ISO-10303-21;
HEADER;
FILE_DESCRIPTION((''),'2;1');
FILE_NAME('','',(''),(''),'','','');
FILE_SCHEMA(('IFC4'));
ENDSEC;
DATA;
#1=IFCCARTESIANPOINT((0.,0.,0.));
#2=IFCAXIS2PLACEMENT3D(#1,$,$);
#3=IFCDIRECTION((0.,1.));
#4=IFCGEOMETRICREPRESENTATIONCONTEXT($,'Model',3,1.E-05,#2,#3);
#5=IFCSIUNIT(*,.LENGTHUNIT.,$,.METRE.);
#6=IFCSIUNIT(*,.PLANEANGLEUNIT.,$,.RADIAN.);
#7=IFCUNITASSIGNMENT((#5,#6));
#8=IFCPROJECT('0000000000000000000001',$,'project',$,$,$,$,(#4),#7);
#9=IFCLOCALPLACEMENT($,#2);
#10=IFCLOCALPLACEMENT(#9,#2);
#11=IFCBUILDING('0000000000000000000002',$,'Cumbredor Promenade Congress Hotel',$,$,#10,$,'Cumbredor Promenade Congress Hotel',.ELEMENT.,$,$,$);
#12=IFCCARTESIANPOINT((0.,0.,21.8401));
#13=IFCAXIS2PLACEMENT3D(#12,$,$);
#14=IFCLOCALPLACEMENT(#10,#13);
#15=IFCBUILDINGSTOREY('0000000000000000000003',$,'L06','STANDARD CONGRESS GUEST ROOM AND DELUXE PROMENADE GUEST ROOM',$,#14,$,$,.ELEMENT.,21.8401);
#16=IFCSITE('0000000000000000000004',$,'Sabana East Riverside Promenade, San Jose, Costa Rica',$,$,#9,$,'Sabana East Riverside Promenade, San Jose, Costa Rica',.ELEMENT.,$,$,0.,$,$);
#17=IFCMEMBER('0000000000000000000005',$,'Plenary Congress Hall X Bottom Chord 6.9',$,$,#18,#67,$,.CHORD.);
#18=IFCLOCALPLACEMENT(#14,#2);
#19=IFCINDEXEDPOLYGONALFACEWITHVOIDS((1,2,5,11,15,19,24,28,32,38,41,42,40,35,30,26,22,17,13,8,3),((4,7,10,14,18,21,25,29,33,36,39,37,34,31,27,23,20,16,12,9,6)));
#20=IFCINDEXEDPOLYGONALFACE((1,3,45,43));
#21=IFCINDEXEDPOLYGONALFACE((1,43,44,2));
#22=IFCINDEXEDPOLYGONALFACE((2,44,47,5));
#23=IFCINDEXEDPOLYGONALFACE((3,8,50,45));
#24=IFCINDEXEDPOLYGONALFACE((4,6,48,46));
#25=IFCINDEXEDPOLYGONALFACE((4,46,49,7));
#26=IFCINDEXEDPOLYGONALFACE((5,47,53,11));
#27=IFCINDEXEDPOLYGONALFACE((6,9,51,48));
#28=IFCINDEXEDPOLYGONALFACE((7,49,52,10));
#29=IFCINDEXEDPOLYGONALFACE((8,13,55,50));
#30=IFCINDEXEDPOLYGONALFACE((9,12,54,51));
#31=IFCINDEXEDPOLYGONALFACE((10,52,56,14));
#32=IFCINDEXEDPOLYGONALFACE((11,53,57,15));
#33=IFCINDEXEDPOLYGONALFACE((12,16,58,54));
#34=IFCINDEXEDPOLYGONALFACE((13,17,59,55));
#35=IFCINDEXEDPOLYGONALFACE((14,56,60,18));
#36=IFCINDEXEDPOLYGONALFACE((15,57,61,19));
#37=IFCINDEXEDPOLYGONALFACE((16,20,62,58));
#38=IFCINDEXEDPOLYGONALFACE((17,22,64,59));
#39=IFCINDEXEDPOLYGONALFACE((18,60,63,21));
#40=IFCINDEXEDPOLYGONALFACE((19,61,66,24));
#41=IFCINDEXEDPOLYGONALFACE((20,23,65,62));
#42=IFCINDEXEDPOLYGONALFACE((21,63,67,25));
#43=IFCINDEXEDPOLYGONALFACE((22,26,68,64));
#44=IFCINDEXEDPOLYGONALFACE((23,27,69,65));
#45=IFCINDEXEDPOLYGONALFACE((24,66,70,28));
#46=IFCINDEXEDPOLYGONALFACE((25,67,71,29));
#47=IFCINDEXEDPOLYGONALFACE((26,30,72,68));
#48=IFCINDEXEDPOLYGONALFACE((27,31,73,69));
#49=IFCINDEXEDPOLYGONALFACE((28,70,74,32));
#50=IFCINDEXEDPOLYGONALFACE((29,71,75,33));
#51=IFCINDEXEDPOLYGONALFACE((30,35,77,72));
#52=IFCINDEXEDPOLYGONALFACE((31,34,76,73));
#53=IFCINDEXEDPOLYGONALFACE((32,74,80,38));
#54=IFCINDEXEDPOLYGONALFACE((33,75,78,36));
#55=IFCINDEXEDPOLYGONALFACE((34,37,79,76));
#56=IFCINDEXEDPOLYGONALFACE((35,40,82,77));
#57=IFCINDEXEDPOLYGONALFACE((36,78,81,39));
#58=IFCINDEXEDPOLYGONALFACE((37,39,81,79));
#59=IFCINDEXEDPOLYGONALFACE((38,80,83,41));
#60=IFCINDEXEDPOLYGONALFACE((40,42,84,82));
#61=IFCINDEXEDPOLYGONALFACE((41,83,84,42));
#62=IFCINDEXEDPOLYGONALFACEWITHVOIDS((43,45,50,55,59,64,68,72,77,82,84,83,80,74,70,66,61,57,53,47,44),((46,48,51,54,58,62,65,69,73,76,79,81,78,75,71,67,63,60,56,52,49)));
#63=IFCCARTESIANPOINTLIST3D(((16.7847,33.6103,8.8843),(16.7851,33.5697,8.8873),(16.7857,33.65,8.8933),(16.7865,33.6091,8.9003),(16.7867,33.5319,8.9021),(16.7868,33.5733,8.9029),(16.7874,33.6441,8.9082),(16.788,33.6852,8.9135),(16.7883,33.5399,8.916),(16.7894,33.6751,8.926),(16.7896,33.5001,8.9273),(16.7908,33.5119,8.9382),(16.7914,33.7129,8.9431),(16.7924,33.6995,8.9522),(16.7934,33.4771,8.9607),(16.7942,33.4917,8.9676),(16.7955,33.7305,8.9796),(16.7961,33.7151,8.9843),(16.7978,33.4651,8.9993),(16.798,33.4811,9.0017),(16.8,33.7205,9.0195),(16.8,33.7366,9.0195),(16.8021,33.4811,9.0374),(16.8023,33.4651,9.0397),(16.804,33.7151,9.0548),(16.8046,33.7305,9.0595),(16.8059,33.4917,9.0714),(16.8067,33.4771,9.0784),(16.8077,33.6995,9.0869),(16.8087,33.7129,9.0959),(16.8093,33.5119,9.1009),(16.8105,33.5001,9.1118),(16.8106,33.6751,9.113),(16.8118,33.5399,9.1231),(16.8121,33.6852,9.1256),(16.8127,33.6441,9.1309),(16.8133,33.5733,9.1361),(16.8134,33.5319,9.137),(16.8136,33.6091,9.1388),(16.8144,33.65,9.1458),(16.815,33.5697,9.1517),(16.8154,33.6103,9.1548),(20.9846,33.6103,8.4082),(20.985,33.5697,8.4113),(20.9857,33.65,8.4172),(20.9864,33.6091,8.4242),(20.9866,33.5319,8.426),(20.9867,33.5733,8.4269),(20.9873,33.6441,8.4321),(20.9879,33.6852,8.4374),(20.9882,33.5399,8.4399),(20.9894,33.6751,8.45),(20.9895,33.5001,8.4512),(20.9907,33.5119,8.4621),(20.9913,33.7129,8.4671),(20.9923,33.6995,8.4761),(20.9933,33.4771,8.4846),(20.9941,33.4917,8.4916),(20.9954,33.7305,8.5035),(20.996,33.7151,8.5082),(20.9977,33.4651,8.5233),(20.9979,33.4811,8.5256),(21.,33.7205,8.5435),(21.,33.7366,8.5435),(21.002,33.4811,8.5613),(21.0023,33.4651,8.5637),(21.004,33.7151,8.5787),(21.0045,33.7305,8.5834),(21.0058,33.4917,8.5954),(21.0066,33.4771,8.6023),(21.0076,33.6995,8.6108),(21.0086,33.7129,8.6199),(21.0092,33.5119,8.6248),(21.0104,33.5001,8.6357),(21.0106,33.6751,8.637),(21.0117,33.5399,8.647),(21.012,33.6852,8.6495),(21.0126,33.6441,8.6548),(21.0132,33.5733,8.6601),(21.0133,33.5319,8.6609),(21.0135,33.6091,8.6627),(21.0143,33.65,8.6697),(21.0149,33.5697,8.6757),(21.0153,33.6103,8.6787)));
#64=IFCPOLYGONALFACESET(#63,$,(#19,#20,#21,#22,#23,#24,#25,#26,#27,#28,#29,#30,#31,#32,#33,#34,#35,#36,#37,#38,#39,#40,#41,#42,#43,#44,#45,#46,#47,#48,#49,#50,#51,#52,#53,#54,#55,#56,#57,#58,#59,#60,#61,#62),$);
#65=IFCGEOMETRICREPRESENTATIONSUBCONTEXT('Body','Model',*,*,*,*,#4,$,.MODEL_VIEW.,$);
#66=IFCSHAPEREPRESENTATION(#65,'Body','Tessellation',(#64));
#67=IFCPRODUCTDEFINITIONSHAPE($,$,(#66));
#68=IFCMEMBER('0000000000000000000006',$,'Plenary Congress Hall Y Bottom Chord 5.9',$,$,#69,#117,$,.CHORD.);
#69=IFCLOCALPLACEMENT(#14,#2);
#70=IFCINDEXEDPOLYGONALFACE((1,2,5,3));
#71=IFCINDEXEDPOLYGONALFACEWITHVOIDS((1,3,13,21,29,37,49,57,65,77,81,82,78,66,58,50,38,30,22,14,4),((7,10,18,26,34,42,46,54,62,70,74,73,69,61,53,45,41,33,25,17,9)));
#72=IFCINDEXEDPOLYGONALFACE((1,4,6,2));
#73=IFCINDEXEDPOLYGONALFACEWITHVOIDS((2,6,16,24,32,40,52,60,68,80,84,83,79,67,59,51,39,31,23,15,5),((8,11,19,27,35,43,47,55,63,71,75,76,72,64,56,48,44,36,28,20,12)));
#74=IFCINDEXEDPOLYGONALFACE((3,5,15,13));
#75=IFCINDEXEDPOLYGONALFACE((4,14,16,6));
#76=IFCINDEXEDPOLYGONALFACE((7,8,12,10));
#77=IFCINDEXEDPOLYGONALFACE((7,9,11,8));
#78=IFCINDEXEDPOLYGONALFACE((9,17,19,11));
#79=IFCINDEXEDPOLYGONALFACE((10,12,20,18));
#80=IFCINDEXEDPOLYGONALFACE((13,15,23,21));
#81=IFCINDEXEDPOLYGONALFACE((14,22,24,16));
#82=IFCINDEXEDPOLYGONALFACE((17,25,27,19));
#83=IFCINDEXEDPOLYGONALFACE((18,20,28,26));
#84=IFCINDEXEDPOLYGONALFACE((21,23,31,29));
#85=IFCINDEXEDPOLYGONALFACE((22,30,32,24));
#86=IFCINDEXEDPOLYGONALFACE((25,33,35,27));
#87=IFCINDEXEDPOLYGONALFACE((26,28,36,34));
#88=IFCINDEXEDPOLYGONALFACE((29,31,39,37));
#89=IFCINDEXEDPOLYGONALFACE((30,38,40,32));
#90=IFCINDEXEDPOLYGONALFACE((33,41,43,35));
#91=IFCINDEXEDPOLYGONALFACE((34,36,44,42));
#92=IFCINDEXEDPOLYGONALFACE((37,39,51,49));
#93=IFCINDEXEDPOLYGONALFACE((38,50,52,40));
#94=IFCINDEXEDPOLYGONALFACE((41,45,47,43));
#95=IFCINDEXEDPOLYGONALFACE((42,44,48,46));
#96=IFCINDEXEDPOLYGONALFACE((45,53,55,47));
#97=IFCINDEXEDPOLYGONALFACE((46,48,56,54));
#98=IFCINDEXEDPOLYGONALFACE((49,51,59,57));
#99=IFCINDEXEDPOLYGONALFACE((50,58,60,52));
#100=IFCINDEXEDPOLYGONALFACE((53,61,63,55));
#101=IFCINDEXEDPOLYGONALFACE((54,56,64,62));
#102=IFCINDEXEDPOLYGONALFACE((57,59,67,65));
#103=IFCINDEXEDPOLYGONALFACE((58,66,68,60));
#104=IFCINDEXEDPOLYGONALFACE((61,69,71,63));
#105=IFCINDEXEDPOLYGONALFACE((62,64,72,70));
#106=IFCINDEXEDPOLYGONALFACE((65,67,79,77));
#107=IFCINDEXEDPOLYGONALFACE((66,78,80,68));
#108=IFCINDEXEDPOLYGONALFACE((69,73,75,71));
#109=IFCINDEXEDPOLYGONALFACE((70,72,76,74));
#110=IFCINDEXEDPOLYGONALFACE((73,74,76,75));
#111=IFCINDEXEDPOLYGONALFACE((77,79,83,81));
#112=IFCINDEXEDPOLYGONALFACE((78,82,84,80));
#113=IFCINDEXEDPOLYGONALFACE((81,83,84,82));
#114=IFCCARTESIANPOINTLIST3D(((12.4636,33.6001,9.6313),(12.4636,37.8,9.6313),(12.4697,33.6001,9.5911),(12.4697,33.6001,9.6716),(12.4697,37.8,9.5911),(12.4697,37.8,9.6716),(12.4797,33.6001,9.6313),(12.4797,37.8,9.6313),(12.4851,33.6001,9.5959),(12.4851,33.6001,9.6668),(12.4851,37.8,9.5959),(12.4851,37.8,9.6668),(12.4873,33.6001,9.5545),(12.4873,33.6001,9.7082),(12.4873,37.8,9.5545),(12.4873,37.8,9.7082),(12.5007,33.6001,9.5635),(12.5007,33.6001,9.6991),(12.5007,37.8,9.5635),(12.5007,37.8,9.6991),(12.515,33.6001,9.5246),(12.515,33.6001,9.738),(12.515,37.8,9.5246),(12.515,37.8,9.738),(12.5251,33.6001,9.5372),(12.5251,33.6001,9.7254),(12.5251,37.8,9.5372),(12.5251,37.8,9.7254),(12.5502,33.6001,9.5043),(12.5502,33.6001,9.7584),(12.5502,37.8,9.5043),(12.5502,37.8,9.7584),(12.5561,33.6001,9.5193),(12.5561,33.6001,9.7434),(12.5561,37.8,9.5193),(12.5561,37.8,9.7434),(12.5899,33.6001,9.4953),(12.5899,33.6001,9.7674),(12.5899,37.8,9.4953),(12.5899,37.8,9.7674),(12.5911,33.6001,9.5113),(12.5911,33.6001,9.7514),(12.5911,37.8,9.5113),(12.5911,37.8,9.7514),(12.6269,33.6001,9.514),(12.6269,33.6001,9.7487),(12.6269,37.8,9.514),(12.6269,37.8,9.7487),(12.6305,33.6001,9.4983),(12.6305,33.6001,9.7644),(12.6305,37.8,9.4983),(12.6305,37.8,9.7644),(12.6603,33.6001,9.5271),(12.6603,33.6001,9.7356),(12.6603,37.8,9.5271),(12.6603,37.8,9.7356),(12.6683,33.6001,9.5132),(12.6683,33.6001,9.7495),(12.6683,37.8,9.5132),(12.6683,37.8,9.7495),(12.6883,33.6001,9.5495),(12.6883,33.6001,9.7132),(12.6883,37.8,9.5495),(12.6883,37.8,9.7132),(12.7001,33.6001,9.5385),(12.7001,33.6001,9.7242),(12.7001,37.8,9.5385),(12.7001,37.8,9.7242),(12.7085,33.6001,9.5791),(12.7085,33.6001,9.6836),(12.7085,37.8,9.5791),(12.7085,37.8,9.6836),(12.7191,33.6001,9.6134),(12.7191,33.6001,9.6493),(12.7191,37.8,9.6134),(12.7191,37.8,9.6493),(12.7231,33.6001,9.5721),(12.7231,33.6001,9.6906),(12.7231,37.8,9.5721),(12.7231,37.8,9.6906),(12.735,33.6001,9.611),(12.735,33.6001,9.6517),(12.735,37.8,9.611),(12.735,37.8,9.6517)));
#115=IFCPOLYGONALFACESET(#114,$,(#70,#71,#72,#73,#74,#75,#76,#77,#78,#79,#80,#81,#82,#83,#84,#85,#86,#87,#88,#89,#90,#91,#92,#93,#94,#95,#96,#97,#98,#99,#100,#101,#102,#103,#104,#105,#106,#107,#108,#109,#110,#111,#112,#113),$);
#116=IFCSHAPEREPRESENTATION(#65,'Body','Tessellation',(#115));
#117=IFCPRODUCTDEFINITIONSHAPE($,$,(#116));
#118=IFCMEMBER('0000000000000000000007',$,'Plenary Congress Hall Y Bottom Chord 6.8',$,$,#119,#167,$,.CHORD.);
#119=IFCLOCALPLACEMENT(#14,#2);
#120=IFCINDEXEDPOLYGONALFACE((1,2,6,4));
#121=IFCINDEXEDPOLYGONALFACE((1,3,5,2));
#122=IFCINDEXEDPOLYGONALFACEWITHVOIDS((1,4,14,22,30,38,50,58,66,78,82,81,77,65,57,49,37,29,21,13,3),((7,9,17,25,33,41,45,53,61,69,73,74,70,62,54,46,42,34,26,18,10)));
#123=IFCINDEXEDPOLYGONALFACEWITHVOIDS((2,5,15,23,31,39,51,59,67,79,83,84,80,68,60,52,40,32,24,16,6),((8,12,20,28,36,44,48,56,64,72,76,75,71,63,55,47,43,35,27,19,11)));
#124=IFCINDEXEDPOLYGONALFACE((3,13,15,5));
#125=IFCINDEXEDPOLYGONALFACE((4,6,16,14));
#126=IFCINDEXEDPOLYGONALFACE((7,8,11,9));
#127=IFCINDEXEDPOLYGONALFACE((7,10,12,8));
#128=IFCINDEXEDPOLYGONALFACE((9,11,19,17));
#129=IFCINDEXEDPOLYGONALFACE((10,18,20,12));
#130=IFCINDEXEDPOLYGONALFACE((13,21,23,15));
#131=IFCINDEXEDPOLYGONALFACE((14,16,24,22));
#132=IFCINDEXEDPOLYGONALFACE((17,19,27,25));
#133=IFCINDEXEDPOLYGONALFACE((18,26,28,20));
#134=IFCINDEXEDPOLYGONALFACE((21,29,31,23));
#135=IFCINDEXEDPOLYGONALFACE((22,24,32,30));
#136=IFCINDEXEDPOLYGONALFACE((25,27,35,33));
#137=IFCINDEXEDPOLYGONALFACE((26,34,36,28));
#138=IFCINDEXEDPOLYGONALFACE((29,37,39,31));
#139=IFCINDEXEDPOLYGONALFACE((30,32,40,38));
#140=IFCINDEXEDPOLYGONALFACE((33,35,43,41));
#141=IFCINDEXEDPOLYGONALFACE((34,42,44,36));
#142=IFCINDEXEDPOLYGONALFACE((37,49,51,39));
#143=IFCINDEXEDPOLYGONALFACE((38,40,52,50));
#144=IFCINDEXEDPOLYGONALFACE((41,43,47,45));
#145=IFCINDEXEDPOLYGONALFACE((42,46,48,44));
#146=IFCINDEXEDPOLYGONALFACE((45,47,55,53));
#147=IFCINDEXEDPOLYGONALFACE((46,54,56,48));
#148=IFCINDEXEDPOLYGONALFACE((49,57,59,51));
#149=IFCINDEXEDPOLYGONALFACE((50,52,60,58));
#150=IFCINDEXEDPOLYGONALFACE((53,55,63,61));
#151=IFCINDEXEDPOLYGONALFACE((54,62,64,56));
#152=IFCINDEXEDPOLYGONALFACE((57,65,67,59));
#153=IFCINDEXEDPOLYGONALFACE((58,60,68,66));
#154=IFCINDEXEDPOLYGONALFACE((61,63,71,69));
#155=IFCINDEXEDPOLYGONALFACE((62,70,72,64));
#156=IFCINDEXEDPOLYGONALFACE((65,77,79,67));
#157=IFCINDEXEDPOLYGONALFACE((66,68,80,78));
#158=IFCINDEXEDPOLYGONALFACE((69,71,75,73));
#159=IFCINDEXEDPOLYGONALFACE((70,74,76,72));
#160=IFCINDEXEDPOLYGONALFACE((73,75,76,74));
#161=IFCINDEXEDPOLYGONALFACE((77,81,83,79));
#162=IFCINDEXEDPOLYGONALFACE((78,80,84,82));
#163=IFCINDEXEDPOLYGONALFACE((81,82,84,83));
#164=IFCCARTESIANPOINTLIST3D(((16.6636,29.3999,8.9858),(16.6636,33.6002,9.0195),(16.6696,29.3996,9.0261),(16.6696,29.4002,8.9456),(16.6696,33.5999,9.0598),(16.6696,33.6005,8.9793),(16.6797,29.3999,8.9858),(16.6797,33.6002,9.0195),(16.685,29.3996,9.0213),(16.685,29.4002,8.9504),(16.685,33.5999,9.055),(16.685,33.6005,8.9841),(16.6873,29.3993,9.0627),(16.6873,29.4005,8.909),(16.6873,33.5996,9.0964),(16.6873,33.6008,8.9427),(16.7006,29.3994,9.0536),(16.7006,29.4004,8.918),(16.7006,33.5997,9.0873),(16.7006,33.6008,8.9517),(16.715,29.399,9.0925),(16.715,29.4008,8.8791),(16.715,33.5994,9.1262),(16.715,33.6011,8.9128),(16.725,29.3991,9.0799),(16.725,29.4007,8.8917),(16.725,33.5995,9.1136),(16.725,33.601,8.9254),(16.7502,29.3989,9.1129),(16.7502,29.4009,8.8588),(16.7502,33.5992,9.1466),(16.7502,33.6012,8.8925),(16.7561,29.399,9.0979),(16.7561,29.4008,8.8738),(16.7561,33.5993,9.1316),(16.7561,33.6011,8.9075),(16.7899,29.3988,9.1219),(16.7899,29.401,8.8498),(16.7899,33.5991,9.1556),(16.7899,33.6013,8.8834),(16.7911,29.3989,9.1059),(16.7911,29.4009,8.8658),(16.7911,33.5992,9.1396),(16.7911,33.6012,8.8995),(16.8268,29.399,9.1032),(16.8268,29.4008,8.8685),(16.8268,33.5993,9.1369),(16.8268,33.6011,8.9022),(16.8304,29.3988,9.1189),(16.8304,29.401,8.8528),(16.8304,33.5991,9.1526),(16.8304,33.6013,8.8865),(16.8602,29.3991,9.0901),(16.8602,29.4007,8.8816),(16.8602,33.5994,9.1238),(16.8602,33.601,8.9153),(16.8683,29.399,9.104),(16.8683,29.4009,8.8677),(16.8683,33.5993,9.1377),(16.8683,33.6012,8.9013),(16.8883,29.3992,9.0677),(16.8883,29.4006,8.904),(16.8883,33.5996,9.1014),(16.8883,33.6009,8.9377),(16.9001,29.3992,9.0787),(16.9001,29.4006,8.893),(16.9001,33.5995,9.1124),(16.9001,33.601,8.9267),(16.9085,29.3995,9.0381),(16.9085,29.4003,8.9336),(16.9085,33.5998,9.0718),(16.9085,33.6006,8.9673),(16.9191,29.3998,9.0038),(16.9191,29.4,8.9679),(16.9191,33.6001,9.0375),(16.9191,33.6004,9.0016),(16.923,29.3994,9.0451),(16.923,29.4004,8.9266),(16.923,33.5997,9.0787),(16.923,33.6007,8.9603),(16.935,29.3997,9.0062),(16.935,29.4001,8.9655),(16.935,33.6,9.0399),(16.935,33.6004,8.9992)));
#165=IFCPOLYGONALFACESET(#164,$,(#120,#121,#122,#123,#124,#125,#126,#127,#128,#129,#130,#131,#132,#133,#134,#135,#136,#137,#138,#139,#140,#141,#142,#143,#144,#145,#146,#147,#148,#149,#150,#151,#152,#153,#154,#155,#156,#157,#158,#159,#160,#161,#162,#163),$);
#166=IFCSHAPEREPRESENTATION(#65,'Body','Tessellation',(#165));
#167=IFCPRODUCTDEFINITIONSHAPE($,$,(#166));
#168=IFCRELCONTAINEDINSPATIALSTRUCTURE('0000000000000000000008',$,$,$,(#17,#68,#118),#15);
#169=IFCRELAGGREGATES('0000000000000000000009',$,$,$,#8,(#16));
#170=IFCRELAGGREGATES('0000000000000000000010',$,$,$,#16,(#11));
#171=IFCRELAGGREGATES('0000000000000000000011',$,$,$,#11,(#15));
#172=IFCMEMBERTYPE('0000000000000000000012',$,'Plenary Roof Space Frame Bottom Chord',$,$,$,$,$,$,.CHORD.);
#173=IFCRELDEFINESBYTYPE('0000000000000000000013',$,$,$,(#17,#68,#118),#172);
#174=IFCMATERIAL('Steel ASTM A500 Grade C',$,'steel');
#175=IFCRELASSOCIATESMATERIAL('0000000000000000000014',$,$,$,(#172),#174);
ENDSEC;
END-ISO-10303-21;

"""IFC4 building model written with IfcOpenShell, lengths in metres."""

from ifc_helpers import new_model, si_unit, direction, frame, origin, origin_2d, place, context, subcontext, project, spatial, hollow_circle, extrude, material, material_profile, profile_set, type_object, element, save


model = new_model("IFC4")

# Units and contexts
model_context = context("Model", 3, precision=1e-05, world=origin(), true_north=direction((0.0, 1.0)))
body_context = subcontext(model_context, "Body", "Model", "MODEL_VIEW")
ifc_project = project(units=[si_unit("LENGTHUNIT", "METRE"), si_unit("PLANEANGLEUNIT", "RADIAN")], contexts=[model_context])

# Site, building, storey
site_placement = place(None, origin())
site = spatial("IfcSite", under=ifc_project, at=site_placement, Name="Sabana East Riverside Promenade, San Jose, Costa Rica", LongName="Sabana East Riverside Promenade, San Jose, Costa Rica", CompositionType="ELEMENT", RefElevation=0.0)
building_placement = place(site_placement, origin())
building = spatial("IfcBuilding", under=site, at=building_placement, Name="Cumbredor Promenade Congress Hotel", LongName="Cumbredor Promenade Congress Hotel", CompositionType="ELEMENT")
storey_placement = place(building_placement, frame((0.0, 0.0, 21.8401)))
storey = spatial("IfcBuildingStorey", under=building, at=storey_placement, Name="L06", Description="STANDARD CONGRESS GUEST ROOM AND DELUXE PROMENADE GUEST ROOM", CompositionType="ELEMENT", Elevation=21.8401)

# Members
ifc_material_1 = material(Name="Steel ASTM A500 Grade C", Category="steel")
ifc_material_profile_1 = material_profile(ifc_material_1, hollow_circle(Radius=0.1365, WallThickness=0.0161, at=origin_2d()), Name="CHS 273.0x16")
ifc_profile_set_1 = profile_set([ifc_material_profile_1], Name="Steel ASTM A500 Grade C")
member_type_1 = type_object("IfcMemberType", Name="Plenary Roof Space Frame Bottom Chord", PredefinedType="CHORD", material=ifc_profile_set_1)
member_1_placement = place(storey_placement, frame((16.8, 33.6001, 9.0195), z_axis=(0.993637, 0.0, -0.112631), x_axis=(0.0, 1.0, 0.0)))
element("IfcMember", 1, at=member_1_placement, inside=storey, type_object=member_type_1, Name="Plenary Congress Hall X Bottom Chord 6.9", PredefinedType="CHORD", context=body_context, shape_type="SweptSolid", body=[
    extrude(hollow_circle(Radius=0.1365, WallThickness=0.0161, at=origin_2d()), origin(), (0.0, 0.0, 1.0), 4.2268),
])
member_2_placement = place(storey_placement, frame((12.6001, 33.6001, 9.6313), z_axis=(0.0, 1.0, 0.0), x_axis=(-1.0, 0.0, 0.0)))
element("IfcMember", 2, at=member_2_placement, inside=storey, type_object=member_type_1, Name="Plenary Congress Hall Y Bottom Chord 5.9", PredefinedType="CHORD", context=body_context, shape_type="SweptSolid", body=[
    extrude(hollow_circle(Radius=0.1365, WallThickness=0.0161, at=origin_2d()), origin(), (0.0, 0.0, 1.0), 4.2),
])
member_3_placement = place(storey_placement, frame((16.8, 29.3999, 8.9858), z_axis=(0.0, 0.999968, 0.008021), x_axis=(-1.0, 0.0, 0.0)))
element("IfcMember", 3, at=member_3_placement, inside=storey, type_object=member_type_1, Name="Plenary Congress Hall Y Bottom Chord 6.8", PredefinedType="CHORD", context=body_context, shape_type="SweptSolid", body=[
    extrude(hollow_circle(Radius=0.1365, WallThickness=0.0161, at=origin_2d()), origin(), (0.0, 0.0, 1.0), 4.2004),
])

save(model, "model.ifc")
